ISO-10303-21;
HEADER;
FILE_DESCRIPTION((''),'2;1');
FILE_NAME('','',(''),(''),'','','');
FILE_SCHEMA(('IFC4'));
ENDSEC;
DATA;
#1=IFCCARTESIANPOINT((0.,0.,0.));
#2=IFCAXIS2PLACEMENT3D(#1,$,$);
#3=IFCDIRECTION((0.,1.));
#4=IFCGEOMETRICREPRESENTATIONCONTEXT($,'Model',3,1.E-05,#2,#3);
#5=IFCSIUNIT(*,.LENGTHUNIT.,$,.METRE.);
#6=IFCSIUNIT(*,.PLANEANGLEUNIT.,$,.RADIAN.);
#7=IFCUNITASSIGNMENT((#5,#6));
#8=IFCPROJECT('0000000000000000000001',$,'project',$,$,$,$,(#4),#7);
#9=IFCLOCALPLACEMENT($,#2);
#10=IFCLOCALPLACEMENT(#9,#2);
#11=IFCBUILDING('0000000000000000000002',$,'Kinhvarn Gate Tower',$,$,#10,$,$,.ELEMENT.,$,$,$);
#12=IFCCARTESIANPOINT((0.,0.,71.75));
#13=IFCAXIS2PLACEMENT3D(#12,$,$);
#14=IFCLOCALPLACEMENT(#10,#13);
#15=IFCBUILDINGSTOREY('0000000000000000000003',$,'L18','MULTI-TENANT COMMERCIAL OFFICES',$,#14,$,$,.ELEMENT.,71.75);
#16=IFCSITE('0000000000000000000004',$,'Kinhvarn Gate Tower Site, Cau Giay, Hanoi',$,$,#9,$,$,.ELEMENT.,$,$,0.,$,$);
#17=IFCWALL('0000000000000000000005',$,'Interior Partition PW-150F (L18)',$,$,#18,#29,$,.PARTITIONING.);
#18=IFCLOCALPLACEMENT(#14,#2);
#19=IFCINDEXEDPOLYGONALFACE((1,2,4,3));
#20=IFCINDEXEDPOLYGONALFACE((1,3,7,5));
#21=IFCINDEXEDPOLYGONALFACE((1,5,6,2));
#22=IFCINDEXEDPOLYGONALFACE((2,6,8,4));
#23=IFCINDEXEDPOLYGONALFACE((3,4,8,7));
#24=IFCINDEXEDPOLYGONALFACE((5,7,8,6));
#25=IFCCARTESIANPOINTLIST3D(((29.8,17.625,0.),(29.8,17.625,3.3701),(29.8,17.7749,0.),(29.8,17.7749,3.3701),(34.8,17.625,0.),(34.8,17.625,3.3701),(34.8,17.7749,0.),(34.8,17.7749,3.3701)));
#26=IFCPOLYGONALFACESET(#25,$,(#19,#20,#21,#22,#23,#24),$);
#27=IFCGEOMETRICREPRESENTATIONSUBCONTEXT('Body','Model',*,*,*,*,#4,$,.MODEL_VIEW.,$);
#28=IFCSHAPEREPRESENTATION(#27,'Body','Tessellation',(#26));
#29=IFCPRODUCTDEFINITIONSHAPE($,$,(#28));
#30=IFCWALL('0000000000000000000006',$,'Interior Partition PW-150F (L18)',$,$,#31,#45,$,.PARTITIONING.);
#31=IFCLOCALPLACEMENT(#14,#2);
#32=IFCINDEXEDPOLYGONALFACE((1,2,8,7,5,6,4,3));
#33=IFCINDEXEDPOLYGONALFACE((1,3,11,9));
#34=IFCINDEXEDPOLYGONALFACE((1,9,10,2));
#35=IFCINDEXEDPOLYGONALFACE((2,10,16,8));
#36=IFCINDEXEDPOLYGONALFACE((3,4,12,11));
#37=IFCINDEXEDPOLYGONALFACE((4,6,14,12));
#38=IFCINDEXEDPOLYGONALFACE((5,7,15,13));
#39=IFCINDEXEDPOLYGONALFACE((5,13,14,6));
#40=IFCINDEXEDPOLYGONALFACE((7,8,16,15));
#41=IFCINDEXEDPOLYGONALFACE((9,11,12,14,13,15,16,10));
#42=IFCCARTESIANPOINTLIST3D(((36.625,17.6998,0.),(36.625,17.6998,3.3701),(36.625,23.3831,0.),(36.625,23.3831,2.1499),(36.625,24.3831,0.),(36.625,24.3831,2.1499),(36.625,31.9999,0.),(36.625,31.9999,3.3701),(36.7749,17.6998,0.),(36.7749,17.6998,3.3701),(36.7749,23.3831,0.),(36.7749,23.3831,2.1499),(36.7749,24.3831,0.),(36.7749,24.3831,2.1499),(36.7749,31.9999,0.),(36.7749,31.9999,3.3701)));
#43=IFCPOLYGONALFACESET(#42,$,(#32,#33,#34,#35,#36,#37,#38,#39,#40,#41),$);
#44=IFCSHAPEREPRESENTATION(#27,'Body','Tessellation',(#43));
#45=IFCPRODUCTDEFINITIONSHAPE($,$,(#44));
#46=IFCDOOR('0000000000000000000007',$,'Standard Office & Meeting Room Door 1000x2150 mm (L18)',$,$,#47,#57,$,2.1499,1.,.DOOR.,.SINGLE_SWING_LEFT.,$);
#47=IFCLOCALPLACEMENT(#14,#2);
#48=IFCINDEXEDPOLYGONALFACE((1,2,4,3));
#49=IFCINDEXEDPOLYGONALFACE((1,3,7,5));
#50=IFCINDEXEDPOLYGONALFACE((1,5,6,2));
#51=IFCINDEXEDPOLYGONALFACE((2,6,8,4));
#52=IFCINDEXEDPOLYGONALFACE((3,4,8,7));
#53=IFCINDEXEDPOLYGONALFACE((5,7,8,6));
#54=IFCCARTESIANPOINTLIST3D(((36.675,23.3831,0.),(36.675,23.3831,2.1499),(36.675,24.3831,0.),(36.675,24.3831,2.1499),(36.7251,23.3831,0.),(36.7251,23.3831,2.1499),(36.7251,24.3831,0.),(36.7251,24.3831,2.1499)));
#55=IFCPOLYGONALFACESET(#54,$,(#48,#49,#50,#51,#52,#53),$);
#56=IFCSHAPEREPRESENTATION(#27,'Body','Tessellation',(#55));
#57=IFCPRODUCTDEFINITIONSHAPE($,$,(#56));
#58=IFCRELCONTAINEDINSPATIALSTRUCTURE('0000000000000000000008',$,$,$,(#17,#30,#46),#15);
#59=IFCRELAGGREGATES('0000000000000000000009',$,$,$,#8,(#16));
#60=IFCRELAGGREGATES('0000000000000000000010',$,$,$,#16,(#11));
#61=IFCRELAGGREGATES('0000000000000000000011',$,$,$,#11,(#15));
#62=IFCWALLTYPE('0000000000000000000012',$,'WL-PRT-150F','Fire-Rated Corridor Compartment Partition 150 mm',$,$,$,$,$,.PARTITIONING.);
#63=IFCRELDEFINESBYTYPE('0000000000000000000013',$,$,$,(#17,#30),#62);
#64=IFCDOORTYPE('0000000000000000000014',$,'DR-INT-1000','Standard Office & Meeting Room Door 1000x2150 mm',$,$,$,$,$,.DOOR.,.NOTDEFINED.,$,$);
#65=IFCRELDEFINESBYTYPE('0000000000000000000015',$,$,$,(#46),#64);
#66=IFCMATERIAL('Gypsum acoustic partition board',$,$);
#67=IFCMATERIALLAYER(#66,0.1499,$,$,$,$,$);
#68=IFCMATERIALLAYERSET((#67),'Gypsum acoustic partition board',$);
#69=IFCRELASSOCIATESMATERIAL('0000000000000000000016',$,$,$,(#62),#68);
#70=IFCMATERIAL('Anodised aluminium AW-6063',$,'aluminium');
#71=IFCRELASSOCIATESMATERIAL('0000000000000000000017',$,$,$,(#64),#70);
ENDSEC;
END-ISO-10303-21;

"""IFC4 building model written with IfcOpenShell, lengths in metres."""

from ifc_helpers import new_model, si_unit, direction, frame, frame_2d, origin, place, context, subcontext, project, spatial, rectangle, extrude, material, layer, layer_set, type_object, element, fill, save


model = new_model("IFC4")

# Units and contexts
model_context = context("Model", 3, precision=1e-05, world=origin(), true_north=direction((0.0, 1.0)))
body_context = subcontext(model_context, "Body", "Model", "MODEL_VIEW")
ifc_project = project(units=[si_unit("LENGTHUNIT", "METRE"), si_unit("PLANEANGLEUNIT", "RADIAN")], contexts=[model_context])

# Site, building, storey
site_placement = place(None, origin())
site = spatial("IfcSite", under=ifc_project, at=site_placement, Name="Kinhvarn Gate Tower Site, Cau Giay, Hanoi", CompositionType="ELEMENT", RefElevation=0.0)
building_placement = place(site_placement, origin())
building = spatial("IfcBuilding", under=site, at=building_placement, Name="Kinhvarn Gate Tower", CompositionType="ELEMENT")
storey_placement = place(building_placement, frame((0.0, 0.0, 71.75)))
storey = spatial("IfcBuildingStorey", under=building, at=storey_placement, Name="L18", Description="MULTI-TENANT COMMERCIAL OFFICES", CompositionType="ELEMENT", Elevation=71.75)

# Wall
ifc_material_1 = material(Name="Gypsum acoustic partition board")
ifc_layer_1 = layer(ifc_material_1, 0.1499)
ifc_layer_set_1 = layer_set([ifc_layer_1], Name="Gypsum acoustic partition board")
wall_type_1 = type_object("IfcWallType", Name="WL-PRT-150F", Description="Fire-Rated Corridor Compartment Partition 150 mm", PredefinedType="PARTITIONING", material=ifc_layer_set_1)
wall_1_placement = place(storey_placement, frame((29.8, 17.7, 0.0), z_axis=(0.0, 0.0, 1.0), x_axis=(1.0, 0.0, 0.0)))
element("IfcWall", 1, at=wall_1_placement, inside=storey, type_object=wall_type_1, Name="Interior Partition PW-150F (L18)", PredefinedType="PARTITIONING", context=body_context, shape_type="SweptSolid", body=[
    extrude(rectangle(XDim=5.0, YDim=0.1499, at=frame_2d((2.5, 0.0))), origin(), (0.0, 0.0, 1.0), 3.3701),
])

# Wall, opening, door
ifc_material_2 = material(Name="Anodised aluminium AW-6063", Category="aluminium")
door_type = type_object("IfcDoorType", Name="DR-INT-1000", Description="Standard Office & Meeting Room Door 1000x2150 mm", OperationType="NOTDEFINED", PredefinedType="DOOR", material=ifc_material_2)
wall_2_placement = place(storey_placement, frame((36.7, 17.7, 0.0), z_axis=(0.0, 0.0, 1.0), x_axis=(0.0, 1.0, 0.0)))
wall_2 = element("IfcWall", 2, at=wall_2_placement, inside=storey, type_object=wall_type_1, Name="Interior Partition PW-150F (L18)", PredefinedType="PARTITIONING", context=body_context, shape_type="SweptSolid", body=[
    extrude(rectangle(XDim=14.3, YDim=0.1499, at=frame_2d((7.1499, 0.0))), origin(), (0.0, 0.0, 1.0), 3.3701),
])
opening_1_placement = place(wall_2_placement, frame((5.6831, 0.0, 0.0)))
opening_1 = element("IfcOpeningElement", 3, at=opening_1_placement, cuts=wall_2, PredefinedType="OPENING", context=body_context, shape_type="SweptSolid", body=[
    extrude(rectangle(XDim=1.0, YDim=2.1499, at=frame_2d((0.5, 1.075))), frame((0.0, 0.085, 0.0), z_axis=(0.0, -1.0, 0.0), x_axis=(1.0, 0.0, 0.0)), (0.0, 0.0, 1.0), 0.1699),
])
door_1_placement = place(opening_1_placement, origin())
door_1 = element("IfcDoor", 4, at=door_1_placement, inside=storey, type_object=door_type, Name="Standard Office & Meeting Room Door 1000x2150 mm (L18)", OperationType="SINGLE_SWING_LEFT", OverallHeight=2.1499, OverallWidth=1.0, PredefinedType="DOOR", context=body_context, shape_type="SweptSolid", body=[
    extrude(rectangle(XDim=1.0, YDim=2.1499, at=frame_2d((0.5, 1.075))), frame((0.0, 0.0249, 0.0), z_axis=(0.0, -1.0, 0.0), x_axis=(1.0, 0.0, 0.0)), (0.0, 0.0, 1.0), 0.05),
])
fill(opening_1, door_1)

save(model, "model.ifc")
